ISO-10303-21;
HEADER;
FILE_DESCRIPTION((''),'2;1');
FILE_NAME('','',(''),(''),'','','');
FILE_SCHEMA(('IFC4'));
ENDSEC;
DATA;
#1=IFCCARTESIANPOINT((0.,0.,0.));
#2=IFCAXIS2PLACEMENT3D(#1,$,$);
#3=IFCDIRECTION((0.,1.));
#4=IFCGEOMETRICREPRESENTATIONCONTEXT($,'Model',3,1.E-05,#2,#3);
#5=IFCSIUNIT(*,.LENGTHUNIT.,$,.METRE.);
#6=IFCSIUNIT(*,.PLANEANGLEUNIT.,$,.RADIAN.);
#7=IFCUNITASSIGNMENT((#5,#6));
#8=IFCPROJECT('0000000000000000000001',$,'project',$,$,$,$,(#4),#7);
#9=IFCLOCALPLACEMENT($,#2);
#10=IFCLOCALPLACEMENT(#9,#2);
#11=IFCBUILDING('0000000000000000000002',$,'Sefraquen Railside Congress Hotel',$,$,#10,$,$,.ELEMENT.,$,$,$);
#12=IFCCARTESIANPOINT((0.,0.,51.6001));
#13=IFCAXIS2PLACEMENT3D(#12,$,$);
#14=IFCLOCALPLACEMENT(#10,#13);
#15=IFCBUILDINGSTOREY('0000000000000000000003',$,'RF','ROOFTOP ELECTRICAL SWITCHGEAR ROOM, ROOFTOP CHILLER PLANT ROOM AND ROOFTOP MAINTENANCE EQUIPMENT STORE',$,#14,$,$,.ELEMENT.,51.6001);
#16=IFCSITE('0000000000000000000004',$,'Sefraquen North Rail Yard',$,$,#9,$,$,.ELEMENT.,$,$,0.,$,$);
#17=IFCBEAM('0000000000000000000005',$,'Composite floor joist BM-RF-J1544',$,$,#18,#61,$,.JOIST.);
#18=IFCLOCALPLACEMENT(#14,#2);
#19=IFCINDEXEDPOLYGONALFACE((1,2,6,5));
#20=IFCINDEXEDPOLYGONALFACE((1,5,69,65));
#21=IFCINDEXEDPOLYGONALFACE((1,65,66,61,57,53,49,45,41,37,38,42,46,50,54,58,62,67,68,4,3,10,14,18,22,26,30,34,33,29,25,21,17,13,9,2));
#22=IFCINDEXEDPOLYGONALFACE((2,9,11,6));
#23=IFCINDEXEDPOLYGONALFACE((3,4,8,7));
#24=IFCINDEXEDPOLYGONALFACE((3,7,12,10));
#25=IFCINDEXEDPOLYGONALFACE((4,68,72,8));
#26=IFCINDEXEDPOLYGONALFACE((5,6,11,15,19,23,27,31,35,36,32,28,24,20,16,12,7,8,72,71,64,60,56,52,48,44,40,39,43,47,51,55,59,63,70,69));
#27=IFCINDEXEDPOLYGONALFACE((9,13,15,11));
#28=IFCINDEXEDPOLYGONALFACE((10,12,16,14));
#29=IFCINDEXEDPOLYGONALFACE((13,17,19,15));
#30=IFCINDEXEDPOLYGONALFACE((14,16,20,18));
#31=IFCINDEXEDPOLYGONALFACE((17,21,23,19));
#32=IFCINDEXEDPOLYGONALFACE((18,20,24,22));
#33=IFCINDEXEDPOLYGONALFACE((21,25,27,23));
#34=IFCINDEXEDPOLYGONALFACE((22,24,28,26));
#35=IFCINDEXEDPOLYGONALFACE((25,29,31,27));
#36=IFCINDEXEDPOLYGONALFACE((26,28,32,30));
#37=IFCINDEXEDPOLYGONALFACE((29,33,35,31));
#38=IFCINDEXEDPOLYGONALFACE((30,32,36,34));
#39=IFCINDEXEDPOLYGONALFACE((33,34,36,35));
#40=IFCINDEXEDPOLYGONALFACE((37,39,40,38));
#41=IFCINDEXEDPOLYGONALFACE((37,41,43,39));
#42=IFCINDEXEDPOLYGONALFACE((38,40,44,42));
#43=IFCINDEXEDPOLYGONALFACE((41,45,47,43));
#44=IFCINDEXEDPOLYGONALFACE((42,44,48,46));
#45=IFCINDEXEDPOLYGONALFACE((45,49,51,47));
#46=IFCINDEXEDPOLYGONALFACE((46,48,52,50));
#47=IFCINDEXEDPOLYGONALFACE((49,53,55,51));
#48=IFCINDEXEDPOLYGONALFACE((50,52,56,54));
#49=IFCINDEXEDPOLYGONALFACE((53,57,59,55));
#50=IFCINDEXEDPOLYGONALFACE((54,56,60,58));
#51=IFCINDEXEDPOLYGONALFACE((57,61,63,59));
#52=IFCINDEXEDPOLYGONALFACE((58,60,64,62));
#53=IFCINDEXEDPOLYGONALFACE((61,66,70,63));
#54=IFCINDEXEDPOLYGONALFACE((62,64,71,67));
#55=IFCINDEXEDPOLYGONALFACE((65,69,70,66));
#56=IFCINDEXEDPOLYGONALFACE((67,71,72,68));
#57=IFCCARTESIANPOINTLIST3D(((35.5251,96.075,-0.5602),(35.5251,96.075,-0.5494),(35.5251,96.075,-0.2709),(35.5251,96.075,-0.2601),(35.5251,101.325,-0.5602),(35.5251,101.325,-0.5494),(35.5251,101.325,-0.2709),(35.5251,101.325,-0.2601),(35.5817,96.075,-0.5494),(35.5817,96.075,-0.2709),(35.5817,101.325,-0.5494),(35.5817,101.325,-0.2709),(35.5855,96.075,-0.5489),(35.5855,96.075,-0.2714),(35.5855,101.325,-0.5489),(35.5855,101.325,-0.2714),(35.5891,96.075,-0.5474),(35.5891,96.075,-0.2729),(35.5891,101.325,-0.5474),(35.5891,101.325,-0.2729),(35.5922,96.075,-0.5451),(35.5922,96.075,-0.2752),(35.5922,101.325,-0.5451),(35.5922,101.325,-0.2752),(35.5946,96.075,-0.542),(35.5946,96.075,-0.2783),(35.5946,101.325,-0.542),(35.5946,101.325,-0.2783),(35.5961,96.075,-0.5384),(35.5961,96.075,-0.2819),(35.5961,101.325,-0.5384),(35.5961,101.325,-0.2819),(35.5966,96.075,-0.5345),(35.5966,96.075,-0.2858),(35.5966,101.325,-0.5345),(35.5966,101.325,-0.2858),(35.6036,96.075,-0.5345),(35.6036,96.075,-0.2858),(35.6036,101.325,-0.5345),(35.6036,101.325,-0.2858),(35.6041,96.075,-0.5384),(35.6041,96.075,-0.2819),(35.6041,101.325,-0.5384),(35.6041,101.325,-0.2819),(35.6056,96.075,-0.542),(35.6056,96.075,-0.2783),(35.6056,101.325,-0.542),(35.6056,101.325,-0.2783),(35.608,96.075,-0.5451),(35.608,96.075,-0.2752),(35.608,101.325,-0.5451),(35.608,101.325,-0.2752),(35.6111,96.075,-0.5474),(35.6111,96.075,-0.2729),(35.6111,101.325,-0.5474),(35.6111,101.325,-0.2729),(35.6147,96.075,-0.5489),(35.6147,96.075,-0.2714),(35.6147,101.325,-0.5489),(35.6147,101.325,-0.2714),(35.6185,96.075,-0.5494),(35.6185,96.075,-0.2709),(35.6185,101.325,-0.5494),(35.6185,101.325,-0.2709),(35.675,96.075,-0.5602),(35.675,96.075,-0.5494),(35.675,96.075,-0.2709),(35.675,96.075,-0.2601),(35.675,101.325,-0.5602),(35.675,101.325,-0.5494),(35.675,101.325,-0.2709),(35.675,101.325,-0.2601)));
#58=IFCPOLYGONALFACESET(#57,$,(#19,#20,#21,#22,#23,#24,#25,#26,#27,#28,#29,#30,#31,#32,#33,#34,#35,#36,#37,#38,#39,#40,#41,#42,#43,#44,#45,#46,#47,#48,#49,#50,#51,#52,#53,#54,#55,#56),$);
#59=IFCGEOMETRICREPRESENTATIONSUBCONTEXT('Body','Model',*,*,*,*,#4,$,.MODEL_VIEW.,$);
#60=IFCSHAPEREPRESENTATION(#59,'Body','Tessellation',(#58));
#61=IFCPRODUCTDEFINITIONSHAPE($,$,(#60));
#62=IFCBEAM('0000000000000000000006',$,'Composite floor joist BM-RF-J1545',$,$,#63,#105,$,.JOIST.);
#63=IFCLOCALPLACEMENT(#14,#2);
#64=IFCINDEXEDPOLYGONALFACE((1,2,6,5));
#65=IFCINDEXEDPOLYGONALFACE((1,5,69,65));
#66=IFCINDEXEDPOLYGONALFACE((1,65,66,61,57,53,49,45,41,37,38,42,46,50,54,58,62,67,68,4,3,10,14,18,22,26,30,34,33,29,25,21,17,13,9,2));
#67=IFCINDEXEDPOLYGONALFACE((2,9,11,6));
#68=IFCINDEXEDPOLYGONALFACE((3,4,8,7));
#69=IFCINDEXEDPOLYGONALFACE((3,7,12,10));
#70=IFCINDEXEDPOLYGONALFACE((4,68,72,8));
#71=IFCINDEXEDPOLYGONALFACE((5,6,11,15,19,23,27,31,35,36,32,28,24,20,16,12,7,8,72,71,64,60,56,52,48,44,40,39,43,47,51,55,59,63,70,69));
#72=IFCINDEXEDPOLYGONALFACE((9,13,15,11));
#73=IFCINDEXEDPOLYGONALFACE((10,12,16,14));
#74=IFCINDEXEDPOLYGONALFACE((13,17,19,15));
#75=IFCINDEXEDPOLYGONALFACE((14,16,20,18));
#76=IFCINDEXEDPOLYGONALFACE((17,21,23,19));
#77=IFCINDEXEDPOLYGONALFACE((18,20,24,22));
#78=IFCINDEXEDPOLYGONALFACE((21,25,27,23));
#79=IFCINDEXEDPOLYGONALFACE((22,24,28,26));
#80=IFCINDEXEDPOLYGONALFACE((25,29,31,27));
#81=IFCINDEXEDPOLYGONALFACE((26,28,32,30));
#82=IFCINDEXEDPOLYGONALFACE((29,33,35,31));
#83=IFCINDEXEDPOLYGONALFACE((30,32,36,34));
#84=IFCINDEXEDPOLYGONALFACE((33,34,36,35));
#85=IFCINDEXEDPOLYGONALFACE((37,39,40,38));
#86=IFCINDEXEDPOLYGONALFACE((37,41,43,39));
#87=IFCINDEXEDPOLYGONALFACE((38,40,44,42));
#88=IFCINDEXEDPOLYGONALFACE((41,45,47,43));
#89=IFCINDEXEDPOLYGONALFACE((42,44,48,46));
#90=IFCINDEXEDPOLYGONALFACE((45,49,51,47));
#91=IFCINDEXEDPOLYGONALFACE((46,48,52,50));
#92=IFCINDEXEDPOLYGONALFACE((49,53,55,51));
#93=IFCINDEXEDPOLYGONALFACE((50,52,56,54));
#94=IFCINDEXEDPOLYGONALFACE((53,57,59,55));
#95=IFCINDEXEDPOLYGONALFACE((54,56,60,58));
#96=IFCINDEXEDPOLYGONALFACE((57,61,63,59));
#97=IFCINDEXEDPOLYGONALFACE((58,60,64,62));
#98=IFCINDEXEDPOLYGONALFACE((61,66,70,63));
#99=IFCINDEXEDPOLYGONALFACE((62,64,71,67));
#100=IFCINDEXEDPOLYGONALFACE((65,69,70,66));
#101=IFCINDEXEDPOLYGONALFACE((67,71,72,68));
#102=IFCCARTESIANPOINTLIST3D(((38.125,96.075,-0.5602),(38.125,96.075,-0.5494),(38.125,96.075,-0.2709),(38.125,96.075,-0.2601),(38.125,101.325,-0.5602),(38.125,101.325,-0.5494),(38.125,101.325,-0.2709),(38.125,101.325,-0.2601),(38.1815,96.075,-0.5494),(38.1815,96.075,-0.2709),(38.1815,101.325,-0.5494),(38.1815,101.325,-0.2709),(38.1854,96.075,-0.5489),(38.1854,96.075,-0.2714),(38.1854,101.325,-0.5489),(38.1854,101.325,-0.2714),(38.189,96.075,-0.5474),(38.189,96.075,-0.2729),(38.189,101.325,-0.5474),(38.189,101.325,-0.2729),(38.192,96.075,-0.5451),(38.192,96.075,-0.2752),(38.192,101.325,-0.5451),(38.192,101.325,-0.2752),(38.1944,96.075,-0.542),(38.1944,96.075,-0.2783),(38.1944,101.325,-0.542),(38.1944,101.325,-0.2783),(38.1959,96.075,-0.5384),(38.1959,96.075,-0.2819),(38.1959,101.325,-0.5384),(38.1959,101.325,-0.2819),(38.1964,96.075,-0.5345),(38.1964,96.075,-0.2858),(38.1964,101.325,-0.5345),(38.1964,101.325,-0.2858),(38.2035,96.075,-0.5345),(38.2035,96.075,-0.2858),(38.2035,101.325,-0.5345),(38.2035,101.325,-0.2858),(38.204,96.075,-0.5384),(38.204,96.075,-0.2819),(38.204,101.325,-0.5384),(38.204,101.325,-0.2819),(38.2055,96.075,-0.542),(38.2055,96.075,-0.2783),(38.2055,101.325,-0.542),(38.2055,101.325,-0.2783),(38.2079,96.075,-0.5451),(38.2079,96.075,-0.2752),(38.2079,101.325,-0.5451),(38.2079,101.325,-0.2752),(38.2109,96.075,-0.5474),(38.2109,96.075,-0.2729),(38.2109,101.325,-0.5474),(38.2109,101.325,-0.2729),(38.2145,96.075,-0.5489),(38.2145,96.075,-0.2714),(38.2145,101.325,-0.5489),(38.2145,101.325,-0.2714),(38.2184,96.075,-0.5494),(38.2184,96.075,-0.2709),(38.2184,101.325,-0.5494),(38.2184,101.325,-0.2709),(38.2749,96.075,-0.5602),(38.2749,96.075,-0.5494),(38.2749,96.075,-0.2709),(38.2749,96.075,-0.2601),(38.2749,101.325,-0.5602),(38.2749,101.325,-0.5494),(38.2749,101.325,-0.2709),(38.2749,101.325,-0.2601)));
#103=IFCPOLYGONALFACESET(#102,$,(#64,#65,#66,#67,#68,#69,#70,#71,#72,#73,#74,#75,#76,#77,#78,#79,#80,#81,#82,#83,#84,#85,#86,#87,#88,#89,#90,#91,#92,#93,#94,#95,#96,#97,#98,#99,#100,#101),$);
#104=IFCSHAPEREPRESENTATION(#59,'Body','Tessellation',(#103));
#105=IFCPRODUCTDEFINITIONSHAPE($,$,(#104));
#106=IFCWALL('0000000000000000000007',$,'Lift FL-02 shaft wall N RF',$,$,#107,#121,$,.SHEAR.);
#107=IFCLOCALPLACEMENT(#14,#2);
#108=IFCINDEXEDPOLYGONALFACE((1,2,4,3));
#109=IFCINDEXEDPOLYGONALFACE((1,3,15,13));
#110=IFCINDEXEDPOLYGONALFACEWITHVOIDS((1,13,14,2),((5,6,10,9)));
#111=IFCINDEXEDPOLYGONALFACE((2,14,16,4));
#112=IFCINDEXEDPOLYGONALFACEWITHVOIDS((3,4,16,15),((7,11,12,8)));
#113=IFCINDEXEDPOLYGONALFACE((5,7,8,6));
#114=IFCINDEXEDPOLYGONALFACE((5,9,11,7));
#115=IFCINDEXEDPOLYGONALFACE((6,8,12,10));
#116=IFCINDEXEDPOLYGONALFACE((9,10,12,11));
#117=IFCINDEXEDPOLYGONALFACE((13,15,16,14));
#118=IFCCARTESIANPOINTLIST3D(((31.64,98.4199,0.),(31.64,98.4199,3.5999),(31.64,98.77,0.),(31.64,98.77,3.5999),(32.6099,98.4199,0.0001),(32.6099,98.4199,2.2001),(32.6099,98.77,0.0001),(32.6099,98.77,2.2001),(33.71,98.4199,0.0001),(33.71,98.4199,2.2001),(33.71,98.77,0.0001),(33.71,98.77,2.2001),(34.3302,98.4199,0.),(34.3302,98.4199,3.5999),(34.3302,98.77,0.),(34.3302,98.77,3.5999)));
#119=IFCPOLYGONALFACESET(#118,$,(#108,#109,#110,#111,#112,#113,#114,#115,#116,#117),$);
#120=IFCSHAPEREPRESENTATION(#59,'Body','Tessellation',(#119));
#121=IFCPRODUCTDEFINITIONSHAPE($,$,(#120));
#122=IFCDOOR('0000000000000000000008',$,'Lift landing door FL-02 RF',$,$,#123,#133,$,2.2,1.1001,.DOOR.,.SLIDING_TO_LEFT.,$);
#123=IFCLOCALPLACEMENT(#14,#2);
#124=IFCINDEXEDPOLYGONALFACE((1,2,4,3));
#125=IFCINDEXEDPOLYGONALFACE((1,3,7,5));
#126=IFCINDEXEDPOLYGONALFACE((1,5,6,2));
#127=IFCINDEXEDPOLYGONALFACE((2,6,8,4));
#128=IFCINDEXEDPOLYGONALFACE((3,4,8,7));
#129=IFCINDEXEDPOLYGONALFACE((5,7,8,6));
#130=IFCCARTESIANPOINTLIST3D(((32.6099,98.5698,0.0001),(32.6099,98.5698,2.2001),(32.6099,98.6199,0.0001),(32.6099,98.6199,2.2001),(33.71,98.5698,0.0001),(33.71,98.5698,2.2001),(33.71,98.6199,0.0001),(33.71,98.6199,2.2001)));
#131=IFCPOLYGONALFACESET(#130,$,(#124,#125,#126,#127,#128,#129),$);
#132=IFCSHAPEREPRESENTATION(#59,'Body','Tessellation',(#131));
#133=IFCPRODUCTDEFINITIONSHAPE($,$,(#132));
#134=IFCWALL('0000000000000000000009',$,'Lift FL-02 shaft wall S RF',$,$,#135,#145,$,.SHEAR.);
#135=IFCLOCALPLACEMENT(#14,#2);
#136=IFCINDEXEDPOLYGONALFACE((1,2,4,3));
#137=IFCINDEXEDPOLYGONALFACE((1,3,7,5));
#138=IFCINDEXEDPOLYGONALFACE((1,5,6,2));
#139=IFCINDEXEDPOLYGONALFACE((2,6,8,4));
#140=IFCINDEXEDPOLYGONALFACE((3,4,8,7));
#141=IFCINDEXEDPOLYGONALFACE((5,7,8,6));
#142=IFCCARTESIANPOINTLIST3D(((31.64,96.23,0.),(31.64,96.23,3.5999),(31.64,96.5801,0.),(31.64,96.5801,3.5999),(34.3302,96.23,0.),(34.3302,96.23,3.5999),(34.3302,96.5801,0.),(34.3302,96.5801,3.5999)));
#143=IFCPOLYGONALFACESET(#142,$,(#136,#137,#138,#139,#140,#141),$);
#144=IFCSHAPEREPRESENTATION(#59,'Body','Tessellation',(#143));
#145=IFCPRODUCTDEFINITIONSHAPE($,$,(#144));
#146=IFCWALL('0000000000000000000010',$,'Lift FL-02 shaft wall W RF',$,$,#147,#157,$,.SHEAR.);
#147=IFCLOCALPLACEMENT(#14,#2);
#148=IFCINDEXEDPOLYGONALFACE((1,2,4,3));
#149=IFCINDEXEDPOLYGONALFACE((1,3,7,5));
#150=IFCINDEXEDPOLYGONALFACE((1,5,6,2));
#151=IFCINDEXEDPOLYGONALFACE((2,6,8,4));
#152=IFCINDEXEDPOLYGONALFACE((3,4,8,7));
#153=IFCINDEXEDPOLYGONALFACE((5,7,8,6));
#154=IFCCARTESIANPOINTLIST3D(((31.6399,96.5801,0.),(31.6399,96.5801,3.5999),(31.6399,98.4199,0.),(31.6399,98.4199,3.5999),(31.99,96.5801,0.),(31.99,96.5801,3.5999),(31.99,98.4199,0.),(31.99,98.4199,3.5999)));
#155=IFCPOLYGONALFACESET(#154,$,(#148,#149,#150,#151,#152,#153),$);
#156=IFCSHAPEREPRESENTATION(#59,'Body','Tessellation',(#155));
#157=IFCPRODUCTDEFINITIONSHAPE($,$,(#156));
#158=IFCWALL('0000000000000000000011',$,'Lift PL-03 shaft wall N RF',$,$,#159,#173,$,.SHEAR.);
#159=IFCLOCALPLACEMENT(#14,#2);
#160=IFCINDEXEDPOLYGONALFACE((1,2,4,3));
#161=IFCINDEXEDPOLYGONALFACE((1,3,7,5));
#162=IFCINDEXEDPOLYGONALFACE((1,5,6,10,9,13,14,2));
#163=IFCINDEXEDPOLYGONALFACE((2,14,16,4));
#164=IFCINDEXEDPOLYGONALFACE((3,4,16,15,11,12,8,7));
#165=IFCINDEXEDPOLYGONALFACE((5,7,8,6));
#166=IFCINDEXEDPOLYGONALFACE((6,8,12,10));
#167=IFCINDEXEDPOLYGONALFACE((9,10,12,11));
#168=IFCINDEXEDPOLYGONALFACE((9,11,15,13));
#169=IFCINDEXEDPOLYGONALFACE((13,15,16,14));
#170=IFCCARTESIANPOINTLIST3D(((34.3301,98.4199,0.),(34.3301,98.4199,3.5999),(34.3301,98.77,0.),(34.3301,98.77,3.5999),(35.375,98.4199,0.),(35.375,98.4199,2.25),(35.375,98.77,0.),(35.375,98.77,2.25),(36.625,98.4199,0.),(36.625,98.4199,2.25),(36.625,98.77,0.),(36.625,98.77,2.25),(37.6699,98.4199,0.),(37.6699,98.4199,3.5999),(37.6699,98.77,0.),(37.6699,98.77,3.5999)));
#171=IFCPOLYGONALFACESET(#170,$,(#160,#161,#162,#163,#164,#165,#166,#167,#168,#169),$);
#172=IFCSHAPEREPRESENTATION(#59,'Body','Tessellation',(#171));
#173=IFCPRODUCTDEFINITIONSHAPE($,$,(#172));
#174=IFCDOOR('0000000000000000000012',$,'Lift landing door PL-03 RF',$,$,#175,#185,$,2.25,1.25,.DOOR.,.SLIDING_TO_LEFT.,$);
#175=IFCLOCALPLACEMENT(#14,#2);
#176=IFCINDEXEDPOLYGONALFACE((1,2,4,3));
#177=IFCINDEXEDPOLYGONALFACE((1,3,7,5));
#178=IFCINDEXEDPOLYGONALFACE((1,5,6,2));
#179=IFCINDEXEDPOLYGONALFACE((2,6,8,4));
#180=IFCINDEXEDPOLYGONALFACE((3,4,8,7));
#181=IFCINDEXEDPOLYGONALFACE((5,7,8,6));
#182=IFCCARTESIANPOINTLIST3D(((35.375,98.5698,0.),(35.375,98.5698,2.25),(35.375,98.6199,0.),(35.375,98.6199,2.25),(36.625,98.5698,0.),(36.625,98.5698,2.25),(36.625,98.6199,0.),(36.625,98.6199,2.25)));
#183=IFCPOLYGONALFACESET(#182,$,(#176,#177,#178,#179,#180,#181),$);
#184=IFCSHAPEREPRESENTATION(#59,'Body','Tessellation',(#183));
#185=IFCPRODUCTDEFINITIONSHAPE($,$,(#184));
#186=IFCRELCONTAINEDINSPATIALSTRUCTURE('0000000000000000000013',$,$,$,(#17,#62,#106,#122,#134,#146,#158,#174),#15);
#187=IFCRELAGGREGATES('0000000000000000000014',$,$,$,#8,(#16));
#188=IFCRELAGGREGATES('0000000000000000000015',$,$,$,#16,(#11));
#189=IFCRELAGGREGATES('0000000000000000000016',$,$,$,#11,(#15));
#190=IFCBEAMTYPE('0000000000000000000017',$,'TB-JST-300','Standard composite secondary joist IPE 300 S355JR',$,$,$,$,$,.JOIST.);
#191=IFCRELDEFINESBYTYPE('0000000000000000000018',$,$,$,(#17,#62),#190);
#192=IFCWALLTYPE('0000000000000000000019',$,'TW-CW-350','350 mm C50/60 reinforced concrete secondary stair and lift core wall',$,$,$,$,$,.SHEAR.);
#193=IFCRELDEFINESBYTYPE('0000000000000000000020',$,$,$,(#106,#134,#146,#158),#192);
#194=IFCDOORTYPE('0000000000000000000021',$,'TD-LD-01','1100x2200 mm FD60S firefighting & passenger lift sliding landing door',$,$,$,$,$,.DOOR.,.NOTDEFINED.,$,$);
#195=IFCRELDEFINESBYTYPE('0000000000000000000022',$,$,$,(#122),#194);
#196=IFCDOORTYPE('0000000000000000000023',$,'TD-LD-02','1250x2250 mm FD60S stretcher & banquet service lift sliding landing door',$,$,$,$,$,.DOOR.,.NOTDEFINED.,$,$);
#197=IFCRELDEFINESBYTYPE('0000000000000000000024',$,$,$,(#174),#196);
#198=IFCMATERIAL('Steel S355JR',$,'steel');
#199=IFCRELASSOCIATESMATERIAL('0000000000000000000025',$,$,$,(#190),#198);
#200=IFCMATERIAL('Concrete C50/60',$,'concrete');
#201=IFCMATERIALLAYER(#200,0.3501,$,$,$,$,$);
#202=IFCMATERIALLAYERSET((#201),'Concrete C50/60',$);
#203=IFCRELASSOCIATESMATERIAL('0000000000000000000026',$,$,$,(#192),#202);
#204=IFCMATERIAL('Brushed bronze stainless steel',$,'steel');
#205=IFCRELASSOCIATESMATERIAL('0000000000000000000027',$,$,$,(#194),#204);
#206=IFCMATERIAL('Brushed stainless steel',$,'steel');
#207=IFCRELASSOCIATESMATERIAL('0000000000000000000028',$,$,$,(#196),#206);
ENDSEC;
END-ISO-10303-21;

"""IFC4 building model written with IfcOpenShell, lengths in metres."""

from ifc_helpers import new_model, si_unit, direction, frame, frame_2d, origin, origin_2d, place, context, subcontext, project, spatial, rectangle, i_section, extrude, material, layer, layer_set, material_profile, profile_set, type_object, element, fill, save


model = new_model("IFC4")

# Units and contexts
model_context = context("Model", 3, precision=1e-05, world=origin(), true_north=direction((0.0, 1.0)))
body_context = subcontext(model_context, "Body", "Model", "MODEL_VIEW")
ifc_project = project(units=[si_unit("LENGTHUNIT", "METRE"), si_unit("PLANEANGLEUNIT", "RADIAN")], contexts=[model_context])

# Site, building, storey
site_placement = place(None, origin())
site = spatial("IfcSite", under=ifc_project, at=site_placement, Name="Sefraquen North Rail Yard", CompositionType="ELEMENT", RefElevation=0.0)
building_placement = place(site_placement, origin())
building = spatial("IfcBuilding", under=site, at=building_placement, Name="Sefraquen Railside Congress Hotel", CompositionType="ELEMENT")
storey_placement = place(building_placement, frame((0.0, 0.0, 51.6001)))
storey = spatial("IfcBuildingStorey", under=building, at=storey_placement, Name="RF", Description="ROOFTOP ELECTRICAL SWITCHGEAR ROOM, ROOFTOP CHILLER PLANT ROOM AND ROOFTOP MAINTENANCE EQUIPMENT STORE", CompositionType="ELEMENT", Elevation=51.6001)

# Beams
ifc_material_1 = material(Name="Steel S355JR", Category="steel")
ifc_material_profile_1 = material_profile(ifc_material_1, i_section(OverallWidth=0.1499, OverallDepth=0.3, WebThickness=0.0071, FlangeThickness=0.0107, FilletRadius=0.0149, at=origin_2d()), Name="IPE 300")
ifc_profile_set_1 = profile_set([ifc_material_profile_1], Name="Steel S355JR")
beam_type_1 = type_object("IfcBeamType", Name="TB-JST-300", Description="Standard composite secondary joist IPE 300 S355JR", PredefinedType="JOIST", material=ifc_profile_set_1)
for number, where, z_axis, x_axis, name in (
    (1, (35.6001, 96.075, -0.4102), (0.0, 1.0, 0.0), (-1.0, 0.0, 0.0), "Composite floor joist BM-RF-J1544"),
    (2, (38.2, 96.075, -0.4102), (0.0, 1.0, 0.0), (-1.0, 0.0, 0.0), "Composite floor joist BM-RF-J1545"),
):
    element("IfcBeam", number, at=place(storey_placement, frame(where, z_axis=z_axis, x_axis=x_axis)), inside=storey, type_object=beam_type_1, Name=name, PredefinedType="JOIST", context=body_context, shape_type="SweptSolid", body=[
        extrude(i_section(OverallWidth=0.1499, OverallDepth=0.3, WebThickness=0.0071, FlangeThickness=0.0107, FilletRadius=0.0149, at=origin_2d()), origin(), (0.0, 0.0, 1.0), 5.25),
    ])

# Wall, opening, door
ifc_material_2 = material(Name="Concrete C50/60", Category="concrete")
ifc_layer_1 = layer(ifc_material_2, 0.3501)
ifc_layer_set_1 = layer_set([ifc_layer_1], Name="Concrete C50/60")
wall_type_1 = type_object("IfcWallType", Name="TW-CW-350", Description="350 mm C50/60 reinforced concrete secondary stair and lift core wall", PredefinedType="SHEAR", material=ifc_layer_set_1)
wall_1_placement = place(storey_placement, frame((31.6399, 98.595, 0.0), z_axis=(0.0, 0.0, 1.0), x_axis=(1.0, 0.0, 0.0)))
wall_1 = element("IfcWall", 3, at=wall_1_placement, inside=storey, type_object=wall_type_1, Name="Lift FL-02 shaft wall N RF", PredefinedType="SHEAR", context=body_context, shape_type="SweptSolid", body=[
    extrude(rectangle(XDim=2.6902, YDim=0.3501, at=frame_2d((1.3452, 0.0))), origin(), (0.0, 0.0, 1.0), 3.5999),
])
opening_1_placement = place(wall_1_placement, frame((0.97, 0.0, 0.0)))
opening_1 = element("IfcOpeningElement", 4, at=opening_1_placement, cuts=wall_1, PredefinedType="OPENING", context=body_context, shape_type="SweptSolid", body=[
    extrude(rectangle(XDim=1.1001, YDim=2.2, at=frame_2d((0.55, 1.1001))), frame((0.0, 0.1851, 0.0), z_axis=(0.0, -1.0, 0.0), x_axis=(1.0, 0.0, 0.0)), (0.0, 0.0, 1.0), 0.3701),
])
ifc_material_3 = material(Name="Brushed bronze stainless steel", Category="steel")
door_type_1 = type_object("IfcDoorType", Name="TD-LD-01", Description="1100x2200 mm FD60S firefighting & passenger lift sliding landing door", OperationType="NOTDEFINED", PredefinedType="DOOR", material=ifc_material_3)
door_1_placement = place(opening_1_placement, origin())
door_1 = element("IfcDoor", 5, at=door_1_placement, inside=storey, type_object=door_type_1, Name="Lift landing door FL-02 RF", OperationType="SLIDING_TO_LEFT", OverallHeight=2.2, OverallWidth=1.1001, PredefinedType="DOOR", context=body_context, shape_type="SweptSolid", body=[
    extrude(rectangle(XDim=1.1001, YDim=2.2, at=frame_2d((0.55, 1.1001))), frame((0.0, 0.0249, 0.0), z_axis=(0.0, -1.0, 0.0), x_axis=(1.0, 0.0, 0.0)), (0.0, 0.0, 1.0), 0.05),
])
fill(opening_1, door_1)

# Walls
wall_2_placement = place(storey_placement, frame((31.6399, 96.405, 0.0), z_axis=(0.0, 0.0, 1.0), x_axis=(1.0, 0.0, 0.0)))
element("IfcWall", 6, at=wall_2_placement, inside=storey, type_object=wall_type_1, Name="Lift FL-02 shaft wall S RF", PredefinedType="SHEAR", context=body_context, shape_type="SweptSolid", body=[
    extrude(rectangle(XDim=2.6902, YDim=0.3501, at=frame_2d((1.3452, 0.0))), origin(), (0.0, 0.0, 1.0), 3.5999),
])
wall_3_placement = place(storey_placement, frame((31.8149, 96.5801, 0.0), z_axis=(0.0, 0.0, 1.0), x_axis=(0.0, 1.0, 0.0)))
element("IfcWall", 7, at=wall_3_placement, inside=storey, type_object=wall_type_1, Name="Lift FL-02 shaft wall W RF", PredefinedType="SHEAR", context=body_context, shape_type="SweptSolid", body=[
    extrude(rectangle(XDim=1.8398, YDim=0.3501, at=frame_2d((0.9199, 0.0))), origin(), (0.0, 0.0, 1.0), 3.5999),
])

# Wall, opening, door
wall_4_placement = place(storey_placement, frame((34.3301, 98.595, 0.0), z_axis=(0.0, 0.0, 1.0), x_axis=(1.0, 0.0, 0.0)))
wall_4 = element("IfcWall", 8, at=wall_4_placement, inside=storey, type_object=wall_type_1, Name="Lift PL-03 shaft wall N RF", PredefinedType="SHEAR", context=body_context, shape_type="SweptSolid", body=[
    extrude(rectangle(XDim=3.3398, YDim=0.3501, at=frame_2d((1.6699, 0.0))), origin(), (0.0, 0.0, 1.0), 3.5999),
])
opening_2_placement = place(wall_4_placement, frame((1.0449, 0.0, 0.0)))
opening_2 = element("IfcOpeningElement", 9, at=opening_2_placement, cuts=wall_4, PredefinedType="OPENING", context=body_context, shape_type="SweptSolid", body=[
    extrude(rectangle(XDim=1.25, YDim=2.25, at=frame_2d((0.625, 1.125))), frame((0.0, 0.1851, 0.0), z_axis=(0.0, -1.0, 0.0), x_axis=(1.0, 0.0, 0.0)), (0.0, 0.0, 1.0), 0.3701),
])
ifc_material_4 = material(Name="Brushed stainless steel", Category="steel")
door_type_2 = type_object("IfcDoorType", Name="TD-LD-02", Description="1250x2250 mm FD60S stretcher & banquet service lift sliding landing door", OperationType="NOTDEFINED", PredefinedType="DOOR", material=ifc_material_4)
door_2_placement = place(opening_2_placement, origin())
door_2 = element("IfcDoor", 10, at=door_2_placement, inside=storey, type_object=door_type_2, Name="Lift landing door PL-03 RF", OperationType="SLIDING_TO_LEFT", OverallHeight=2.25, OverallWidth=1.25, PredefinedType="DOOR", context=body_context, shape_type="SweptSolid", body=[
    extrude(rectangle(XDim=1.25, YDim=2.25, at=frame_2d((0.625, 1.125))), frame((0.0, 0.0249, 0.0), z_axis=(0.0, -1.0, 0.0), x_axis=(1.0, 0.0, 0.0)), (0.0, 0.0, 1.0), 0.05),
])
fill(opening_2, door_2)

save(model, "model.ifc")
